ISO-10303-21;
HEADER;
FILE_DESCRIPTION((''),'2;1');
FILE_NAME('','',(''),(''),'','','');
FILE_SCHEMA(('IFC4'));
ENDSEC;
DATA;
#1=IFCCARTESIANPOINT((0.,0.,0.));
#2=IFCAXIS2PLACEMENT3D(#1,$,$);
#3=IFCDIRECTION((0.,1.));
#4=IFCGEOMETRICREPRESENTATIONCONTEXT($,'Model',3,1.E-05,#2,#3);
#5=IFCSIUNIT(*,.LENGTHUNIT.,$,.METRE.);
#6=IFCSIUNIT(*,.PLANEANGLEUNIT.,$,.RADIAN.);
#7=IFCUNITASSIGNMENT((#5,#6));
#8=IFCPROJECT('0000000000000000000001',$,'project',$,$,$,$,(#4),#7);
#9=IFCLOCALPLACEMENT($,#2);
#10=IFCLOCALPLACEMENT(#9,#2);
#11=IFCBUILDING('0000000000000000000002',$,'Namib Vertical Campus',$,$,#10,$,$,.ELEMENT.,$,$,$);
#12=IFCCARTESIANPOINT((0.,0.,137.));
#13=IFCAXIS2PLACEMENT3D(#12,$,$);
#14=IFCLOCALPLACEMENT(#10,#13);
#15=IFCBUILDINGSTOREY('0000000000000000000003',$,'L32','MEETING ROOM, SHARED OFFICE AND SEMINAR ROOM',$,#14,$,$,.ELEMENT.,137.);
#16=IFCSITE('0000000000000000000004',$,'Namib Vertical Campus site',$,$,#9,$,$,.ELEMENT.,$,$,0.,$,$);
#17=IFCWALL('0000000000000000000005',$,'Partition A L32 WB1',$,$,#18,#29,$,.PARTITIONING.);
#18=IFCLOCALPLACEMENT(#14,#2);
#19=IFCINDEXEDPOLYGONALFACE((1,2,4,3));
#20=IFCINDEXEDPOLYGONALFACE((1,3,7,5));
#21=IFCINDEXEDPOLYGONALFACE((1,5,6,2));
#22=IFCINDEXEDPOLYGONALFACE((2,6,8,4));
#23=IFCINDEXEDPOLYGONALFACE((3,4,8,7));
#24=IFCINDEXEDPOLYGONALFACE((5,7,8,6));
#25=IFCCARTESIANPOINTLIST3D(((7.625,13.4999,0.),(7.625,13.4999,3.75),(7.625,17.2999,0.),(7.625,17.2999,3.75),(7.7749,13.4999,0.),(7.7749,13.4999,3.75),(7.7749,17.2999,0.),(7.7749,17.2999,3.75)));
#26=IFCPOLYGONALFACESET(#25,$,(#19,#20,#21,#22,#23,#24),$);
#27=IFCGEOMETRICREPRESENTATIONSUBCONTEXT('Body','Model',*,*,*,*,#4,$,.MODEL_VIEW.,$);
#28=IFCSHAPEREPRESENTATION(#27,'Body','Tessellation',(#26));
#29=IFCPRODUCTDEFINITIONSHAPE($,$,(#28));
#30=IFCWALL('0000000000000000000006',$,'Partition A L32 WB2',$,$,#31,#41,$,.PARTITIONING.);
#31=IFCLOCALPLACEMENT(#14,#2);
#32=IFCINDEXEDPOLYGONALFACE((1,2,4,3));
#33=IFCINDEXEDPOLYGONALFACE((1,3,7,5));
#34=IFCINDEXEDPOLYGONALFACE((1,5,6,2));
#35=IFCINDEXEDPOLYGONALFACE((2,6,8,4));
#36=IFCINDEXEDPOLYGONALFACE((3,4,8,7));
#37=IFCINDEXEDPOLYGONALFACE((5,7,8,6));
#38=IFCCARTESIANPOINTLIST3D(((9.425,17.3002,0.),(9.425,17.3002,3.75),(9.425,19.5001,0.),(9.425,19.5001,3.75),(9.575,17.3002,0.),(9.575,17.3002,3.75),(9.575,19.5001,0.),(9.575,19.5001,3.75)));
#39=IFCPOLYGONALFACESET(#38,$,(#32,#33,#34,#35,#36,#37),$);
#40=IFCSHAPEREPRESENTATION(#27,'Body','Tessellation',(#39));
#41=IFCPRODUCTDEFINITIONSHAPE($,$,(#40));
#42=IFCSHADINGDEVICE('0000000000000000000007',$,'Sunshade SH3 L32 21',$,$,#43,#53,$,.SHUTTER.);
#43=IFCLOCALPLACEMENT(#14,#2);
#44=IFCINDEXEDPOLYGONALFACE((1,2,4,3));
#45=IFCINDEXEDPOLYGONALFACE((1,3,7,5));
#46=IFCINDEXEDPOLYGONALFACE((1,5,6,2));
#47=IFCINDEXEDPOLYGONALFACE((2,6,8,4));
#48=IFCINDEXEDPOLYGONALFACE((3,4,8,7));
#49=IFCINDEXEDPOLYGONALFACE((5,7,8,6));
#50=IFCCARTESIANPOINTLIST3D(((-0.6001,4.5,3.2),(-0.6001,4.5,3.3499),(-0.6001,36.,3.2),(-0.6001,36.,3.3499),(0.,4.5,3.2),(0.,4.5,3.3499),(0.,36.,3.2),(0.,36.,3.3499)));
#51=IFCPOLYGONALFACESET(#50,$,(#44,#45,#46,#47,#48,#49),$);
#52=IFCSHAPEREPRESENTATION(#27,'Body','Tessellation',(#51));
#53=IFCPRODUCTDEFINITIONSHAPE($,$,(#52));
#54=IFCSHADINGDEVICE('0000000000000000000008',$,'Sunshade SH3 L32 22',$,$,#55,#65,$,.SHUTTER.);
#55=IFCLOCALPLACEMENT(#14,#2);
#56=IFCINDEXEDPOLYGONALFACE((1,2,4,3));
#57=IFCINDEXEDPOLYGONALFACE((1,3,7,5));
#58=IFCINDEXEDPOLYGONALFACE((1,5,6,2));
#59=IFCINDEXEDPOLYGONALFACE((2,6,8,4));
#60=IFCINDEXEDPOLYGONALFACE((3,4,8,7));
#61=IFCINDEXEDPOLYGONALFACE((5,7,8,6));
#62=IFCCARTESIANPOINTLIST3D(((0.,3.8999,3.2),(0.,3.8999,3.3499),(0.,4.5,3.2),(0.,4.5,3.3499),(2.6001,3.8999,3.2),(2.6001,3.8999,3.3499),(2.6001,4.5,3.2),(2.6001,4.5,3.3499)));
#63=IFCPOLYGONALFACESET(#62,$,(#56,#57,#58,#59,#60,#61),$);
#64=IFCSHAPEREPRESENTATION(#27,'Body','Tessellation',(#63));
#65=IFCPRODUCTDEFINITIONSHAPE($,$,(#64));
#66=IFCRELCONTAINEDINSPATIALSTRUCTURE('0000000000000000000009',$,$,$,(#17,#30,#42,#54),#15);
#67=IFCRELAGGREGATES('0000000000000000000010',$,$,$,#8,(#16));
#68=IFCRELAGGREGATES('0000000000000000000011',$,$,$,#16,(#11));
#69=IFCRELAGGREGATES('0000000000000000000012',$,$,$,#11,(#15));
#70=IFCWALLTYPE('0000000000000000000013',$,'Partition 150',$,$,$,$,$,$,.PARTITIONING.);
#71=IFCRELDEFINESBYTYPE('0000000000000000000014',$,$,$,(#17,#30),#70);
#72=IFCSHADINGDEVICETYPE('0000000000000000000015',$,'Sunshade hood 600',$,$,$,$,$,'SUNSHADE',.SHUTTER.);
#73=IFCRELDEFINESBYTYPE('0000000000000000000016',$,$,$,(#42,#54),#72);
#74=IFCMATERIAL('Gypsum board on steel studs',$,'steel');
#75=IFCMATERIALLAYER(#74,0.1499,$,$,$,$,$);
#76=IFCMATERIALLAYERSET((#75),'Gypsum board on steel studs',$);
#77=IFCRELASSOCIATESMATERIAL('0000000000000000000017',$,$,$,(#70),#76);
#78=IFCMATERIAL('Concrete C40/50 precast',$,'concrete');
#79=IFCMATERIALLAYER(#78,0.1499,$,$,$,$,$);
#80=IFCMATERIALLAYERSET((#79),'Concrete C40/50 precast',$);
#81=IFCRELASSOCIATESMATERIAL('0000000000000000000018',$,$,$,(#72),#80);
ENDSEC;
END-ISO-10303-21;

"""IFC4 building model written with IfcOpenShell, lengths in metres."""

from ifc_helpers import new_model, si_unit, direction, frame, frame_2d, origin, origin_2d, place, context, subcontext, project, spatial, rectangle, extrude, material, layer, layer_set, type_object, element, save


model = new_model("IFC4")

# Units and contexts
model_context = context("Model", 3, precision=1e-05, world=origin(), true_north=direction((0.0, 1.0)))
body_context = subcontext(model_context, "Body", "Model", "MODEL_VIEW")
ifc_project = project(units=[si_unit("LENGTHUNIT", "METRE"), si_unit("PLANEANGLEUNIT", "RADIAN")], contexts=[model_context])

# Site, building, storey
site_placement = place(None, origin())
site = spatial("IfcSite", under=ifc_project, at=site_placement, Name="Namib Vertical Campus site", CompositionType="ELEMENT", RefElevation=0.0)
building_placement = place(site_placement, origin())
building = spatial("IfcBuilding", under=site, at=building_placement, Name="Namib Vertical Campus", CompositionType="ELEMENT")
storey_placement = place(building_placement, frame((0.0, 0.0, 137.0)))
storey = spatial("IfcBuildingStorey", under=building, at=storey_placement, Name="L32", Description="MEETING ROOM, SHARED OFFICE AND SEMINAR ROOM", CompositionType="ELEMENT", Elevation=137.0)

# Walls
ifc_material_1 = material(Name="Gypsum board on steel studs", Category="steel")
ifc_layer_1 = layer(ifc_material_1, 0.1499)
ifc_layer_set_1 = layer_set([ifc_layer_1], Name="Gypsum board on steel studs")
wall_type_1 = type_object("IfcWallType", Name="Partition 150", PredefinedType="PARTITIONING", material=ifc_layer_set_1)
wall_1_placement = place(storey_placement, frame((7.7, 13.5, 0.0), z_axis=(0.0, 0.0, 1.0), x_axis=(0.0, 1.0, 0.0)))
element("IfcWall", 1, at=wall_1_placement, inside=storey, type_object=wall_type_1, Name="Partition A L32 WB1", PredefinedType="PARTITIONING", context=body_context, shape_type="SweptSolid", body=[
    extrude(rectangle(XDim=3.8, YDim=0.1499, at=frame_2d((1.8999, 0.0))), origin(), (0.0, 0.0, 1.0), 3.75),
])
wall_2_placement = place(storey_placement, frame((9.5, 17.3, 0.0), z_axis=(0.0, 0.0, 1.0), x_axis=(0.0, 1.0, 0.0)))
element("IfcWall", 2, at=wall_2_placement, inside=storey, type_object=wall_type_1, Name="Partition A L32 WB2", PredefinedType="PARTITIONING", context=body_context, shape_type="SweptSolid", body=[
    extrude(rectangle(XDim=2.2, YDim=0.1499, at=frame_2d((1.1001, 0.0))), origin(), (0.0, 0.0, 1.0), 3.75),
])

# Shading devices
ifc_material_2 = material(Name="Concrete C40/50 precast", Category="concrete")
ifc_layer_2 = layer(ifc_material_2, 0.1499)
ifc_layer_set_2 = layer_set([ifc_layer_2], Name="Concrete C40/50 precast")
shading_device_type = type_object("IfcShadingDeviceType", Name="Sunshade hood 600", ElementType="SUNSHADE", PredefinedType="SHUTTER", material=ifc_layer_set_2)
shading_device_1_placement = place(storey_placement, frame((-0.3, 20.25, 3.2), z_axis=(0.0, 0.0, 1.0), x_axis=(0.0, -1.0, 0.0)))
element("IfcShadingDevice", 3, at=shading_device_1_placement, inside=storey, type_object=shading_device_type, Name="Sunshade SH3 L32 21", PredefinedType="SHUTTER", context=body_context, shape_type="SweptSolid", body=[
    extrude(rectangle(XDim=31.5, YDim=0.6001, at=origin_2d()), origin(), (0.0, 0.0, 1.0), 0.1499),
])
shading_device_2_placement = place(storey_placement, frame((1.3, 4.2, 3.2), z_axis=(0.0, 0.0, 1.0), x_axis=(1.0, 0.0, 0.0)))
element("IfcShadingDevice", 4, at=shading_device_2_placement, inside=storey, type_object=shading_device_type, Name="Sunshade SH3 L32 22", PredefinedType="SHUTTER", context=body_context, shape_type="SweptSolid", body=[
    extrude(rectangle(XDim=2.6001, YDim=0.6001, at=origin_2d()), origin(), (0.0, 0.0, 1.0), 0.1499),
])

save(model, "model.ifc")
